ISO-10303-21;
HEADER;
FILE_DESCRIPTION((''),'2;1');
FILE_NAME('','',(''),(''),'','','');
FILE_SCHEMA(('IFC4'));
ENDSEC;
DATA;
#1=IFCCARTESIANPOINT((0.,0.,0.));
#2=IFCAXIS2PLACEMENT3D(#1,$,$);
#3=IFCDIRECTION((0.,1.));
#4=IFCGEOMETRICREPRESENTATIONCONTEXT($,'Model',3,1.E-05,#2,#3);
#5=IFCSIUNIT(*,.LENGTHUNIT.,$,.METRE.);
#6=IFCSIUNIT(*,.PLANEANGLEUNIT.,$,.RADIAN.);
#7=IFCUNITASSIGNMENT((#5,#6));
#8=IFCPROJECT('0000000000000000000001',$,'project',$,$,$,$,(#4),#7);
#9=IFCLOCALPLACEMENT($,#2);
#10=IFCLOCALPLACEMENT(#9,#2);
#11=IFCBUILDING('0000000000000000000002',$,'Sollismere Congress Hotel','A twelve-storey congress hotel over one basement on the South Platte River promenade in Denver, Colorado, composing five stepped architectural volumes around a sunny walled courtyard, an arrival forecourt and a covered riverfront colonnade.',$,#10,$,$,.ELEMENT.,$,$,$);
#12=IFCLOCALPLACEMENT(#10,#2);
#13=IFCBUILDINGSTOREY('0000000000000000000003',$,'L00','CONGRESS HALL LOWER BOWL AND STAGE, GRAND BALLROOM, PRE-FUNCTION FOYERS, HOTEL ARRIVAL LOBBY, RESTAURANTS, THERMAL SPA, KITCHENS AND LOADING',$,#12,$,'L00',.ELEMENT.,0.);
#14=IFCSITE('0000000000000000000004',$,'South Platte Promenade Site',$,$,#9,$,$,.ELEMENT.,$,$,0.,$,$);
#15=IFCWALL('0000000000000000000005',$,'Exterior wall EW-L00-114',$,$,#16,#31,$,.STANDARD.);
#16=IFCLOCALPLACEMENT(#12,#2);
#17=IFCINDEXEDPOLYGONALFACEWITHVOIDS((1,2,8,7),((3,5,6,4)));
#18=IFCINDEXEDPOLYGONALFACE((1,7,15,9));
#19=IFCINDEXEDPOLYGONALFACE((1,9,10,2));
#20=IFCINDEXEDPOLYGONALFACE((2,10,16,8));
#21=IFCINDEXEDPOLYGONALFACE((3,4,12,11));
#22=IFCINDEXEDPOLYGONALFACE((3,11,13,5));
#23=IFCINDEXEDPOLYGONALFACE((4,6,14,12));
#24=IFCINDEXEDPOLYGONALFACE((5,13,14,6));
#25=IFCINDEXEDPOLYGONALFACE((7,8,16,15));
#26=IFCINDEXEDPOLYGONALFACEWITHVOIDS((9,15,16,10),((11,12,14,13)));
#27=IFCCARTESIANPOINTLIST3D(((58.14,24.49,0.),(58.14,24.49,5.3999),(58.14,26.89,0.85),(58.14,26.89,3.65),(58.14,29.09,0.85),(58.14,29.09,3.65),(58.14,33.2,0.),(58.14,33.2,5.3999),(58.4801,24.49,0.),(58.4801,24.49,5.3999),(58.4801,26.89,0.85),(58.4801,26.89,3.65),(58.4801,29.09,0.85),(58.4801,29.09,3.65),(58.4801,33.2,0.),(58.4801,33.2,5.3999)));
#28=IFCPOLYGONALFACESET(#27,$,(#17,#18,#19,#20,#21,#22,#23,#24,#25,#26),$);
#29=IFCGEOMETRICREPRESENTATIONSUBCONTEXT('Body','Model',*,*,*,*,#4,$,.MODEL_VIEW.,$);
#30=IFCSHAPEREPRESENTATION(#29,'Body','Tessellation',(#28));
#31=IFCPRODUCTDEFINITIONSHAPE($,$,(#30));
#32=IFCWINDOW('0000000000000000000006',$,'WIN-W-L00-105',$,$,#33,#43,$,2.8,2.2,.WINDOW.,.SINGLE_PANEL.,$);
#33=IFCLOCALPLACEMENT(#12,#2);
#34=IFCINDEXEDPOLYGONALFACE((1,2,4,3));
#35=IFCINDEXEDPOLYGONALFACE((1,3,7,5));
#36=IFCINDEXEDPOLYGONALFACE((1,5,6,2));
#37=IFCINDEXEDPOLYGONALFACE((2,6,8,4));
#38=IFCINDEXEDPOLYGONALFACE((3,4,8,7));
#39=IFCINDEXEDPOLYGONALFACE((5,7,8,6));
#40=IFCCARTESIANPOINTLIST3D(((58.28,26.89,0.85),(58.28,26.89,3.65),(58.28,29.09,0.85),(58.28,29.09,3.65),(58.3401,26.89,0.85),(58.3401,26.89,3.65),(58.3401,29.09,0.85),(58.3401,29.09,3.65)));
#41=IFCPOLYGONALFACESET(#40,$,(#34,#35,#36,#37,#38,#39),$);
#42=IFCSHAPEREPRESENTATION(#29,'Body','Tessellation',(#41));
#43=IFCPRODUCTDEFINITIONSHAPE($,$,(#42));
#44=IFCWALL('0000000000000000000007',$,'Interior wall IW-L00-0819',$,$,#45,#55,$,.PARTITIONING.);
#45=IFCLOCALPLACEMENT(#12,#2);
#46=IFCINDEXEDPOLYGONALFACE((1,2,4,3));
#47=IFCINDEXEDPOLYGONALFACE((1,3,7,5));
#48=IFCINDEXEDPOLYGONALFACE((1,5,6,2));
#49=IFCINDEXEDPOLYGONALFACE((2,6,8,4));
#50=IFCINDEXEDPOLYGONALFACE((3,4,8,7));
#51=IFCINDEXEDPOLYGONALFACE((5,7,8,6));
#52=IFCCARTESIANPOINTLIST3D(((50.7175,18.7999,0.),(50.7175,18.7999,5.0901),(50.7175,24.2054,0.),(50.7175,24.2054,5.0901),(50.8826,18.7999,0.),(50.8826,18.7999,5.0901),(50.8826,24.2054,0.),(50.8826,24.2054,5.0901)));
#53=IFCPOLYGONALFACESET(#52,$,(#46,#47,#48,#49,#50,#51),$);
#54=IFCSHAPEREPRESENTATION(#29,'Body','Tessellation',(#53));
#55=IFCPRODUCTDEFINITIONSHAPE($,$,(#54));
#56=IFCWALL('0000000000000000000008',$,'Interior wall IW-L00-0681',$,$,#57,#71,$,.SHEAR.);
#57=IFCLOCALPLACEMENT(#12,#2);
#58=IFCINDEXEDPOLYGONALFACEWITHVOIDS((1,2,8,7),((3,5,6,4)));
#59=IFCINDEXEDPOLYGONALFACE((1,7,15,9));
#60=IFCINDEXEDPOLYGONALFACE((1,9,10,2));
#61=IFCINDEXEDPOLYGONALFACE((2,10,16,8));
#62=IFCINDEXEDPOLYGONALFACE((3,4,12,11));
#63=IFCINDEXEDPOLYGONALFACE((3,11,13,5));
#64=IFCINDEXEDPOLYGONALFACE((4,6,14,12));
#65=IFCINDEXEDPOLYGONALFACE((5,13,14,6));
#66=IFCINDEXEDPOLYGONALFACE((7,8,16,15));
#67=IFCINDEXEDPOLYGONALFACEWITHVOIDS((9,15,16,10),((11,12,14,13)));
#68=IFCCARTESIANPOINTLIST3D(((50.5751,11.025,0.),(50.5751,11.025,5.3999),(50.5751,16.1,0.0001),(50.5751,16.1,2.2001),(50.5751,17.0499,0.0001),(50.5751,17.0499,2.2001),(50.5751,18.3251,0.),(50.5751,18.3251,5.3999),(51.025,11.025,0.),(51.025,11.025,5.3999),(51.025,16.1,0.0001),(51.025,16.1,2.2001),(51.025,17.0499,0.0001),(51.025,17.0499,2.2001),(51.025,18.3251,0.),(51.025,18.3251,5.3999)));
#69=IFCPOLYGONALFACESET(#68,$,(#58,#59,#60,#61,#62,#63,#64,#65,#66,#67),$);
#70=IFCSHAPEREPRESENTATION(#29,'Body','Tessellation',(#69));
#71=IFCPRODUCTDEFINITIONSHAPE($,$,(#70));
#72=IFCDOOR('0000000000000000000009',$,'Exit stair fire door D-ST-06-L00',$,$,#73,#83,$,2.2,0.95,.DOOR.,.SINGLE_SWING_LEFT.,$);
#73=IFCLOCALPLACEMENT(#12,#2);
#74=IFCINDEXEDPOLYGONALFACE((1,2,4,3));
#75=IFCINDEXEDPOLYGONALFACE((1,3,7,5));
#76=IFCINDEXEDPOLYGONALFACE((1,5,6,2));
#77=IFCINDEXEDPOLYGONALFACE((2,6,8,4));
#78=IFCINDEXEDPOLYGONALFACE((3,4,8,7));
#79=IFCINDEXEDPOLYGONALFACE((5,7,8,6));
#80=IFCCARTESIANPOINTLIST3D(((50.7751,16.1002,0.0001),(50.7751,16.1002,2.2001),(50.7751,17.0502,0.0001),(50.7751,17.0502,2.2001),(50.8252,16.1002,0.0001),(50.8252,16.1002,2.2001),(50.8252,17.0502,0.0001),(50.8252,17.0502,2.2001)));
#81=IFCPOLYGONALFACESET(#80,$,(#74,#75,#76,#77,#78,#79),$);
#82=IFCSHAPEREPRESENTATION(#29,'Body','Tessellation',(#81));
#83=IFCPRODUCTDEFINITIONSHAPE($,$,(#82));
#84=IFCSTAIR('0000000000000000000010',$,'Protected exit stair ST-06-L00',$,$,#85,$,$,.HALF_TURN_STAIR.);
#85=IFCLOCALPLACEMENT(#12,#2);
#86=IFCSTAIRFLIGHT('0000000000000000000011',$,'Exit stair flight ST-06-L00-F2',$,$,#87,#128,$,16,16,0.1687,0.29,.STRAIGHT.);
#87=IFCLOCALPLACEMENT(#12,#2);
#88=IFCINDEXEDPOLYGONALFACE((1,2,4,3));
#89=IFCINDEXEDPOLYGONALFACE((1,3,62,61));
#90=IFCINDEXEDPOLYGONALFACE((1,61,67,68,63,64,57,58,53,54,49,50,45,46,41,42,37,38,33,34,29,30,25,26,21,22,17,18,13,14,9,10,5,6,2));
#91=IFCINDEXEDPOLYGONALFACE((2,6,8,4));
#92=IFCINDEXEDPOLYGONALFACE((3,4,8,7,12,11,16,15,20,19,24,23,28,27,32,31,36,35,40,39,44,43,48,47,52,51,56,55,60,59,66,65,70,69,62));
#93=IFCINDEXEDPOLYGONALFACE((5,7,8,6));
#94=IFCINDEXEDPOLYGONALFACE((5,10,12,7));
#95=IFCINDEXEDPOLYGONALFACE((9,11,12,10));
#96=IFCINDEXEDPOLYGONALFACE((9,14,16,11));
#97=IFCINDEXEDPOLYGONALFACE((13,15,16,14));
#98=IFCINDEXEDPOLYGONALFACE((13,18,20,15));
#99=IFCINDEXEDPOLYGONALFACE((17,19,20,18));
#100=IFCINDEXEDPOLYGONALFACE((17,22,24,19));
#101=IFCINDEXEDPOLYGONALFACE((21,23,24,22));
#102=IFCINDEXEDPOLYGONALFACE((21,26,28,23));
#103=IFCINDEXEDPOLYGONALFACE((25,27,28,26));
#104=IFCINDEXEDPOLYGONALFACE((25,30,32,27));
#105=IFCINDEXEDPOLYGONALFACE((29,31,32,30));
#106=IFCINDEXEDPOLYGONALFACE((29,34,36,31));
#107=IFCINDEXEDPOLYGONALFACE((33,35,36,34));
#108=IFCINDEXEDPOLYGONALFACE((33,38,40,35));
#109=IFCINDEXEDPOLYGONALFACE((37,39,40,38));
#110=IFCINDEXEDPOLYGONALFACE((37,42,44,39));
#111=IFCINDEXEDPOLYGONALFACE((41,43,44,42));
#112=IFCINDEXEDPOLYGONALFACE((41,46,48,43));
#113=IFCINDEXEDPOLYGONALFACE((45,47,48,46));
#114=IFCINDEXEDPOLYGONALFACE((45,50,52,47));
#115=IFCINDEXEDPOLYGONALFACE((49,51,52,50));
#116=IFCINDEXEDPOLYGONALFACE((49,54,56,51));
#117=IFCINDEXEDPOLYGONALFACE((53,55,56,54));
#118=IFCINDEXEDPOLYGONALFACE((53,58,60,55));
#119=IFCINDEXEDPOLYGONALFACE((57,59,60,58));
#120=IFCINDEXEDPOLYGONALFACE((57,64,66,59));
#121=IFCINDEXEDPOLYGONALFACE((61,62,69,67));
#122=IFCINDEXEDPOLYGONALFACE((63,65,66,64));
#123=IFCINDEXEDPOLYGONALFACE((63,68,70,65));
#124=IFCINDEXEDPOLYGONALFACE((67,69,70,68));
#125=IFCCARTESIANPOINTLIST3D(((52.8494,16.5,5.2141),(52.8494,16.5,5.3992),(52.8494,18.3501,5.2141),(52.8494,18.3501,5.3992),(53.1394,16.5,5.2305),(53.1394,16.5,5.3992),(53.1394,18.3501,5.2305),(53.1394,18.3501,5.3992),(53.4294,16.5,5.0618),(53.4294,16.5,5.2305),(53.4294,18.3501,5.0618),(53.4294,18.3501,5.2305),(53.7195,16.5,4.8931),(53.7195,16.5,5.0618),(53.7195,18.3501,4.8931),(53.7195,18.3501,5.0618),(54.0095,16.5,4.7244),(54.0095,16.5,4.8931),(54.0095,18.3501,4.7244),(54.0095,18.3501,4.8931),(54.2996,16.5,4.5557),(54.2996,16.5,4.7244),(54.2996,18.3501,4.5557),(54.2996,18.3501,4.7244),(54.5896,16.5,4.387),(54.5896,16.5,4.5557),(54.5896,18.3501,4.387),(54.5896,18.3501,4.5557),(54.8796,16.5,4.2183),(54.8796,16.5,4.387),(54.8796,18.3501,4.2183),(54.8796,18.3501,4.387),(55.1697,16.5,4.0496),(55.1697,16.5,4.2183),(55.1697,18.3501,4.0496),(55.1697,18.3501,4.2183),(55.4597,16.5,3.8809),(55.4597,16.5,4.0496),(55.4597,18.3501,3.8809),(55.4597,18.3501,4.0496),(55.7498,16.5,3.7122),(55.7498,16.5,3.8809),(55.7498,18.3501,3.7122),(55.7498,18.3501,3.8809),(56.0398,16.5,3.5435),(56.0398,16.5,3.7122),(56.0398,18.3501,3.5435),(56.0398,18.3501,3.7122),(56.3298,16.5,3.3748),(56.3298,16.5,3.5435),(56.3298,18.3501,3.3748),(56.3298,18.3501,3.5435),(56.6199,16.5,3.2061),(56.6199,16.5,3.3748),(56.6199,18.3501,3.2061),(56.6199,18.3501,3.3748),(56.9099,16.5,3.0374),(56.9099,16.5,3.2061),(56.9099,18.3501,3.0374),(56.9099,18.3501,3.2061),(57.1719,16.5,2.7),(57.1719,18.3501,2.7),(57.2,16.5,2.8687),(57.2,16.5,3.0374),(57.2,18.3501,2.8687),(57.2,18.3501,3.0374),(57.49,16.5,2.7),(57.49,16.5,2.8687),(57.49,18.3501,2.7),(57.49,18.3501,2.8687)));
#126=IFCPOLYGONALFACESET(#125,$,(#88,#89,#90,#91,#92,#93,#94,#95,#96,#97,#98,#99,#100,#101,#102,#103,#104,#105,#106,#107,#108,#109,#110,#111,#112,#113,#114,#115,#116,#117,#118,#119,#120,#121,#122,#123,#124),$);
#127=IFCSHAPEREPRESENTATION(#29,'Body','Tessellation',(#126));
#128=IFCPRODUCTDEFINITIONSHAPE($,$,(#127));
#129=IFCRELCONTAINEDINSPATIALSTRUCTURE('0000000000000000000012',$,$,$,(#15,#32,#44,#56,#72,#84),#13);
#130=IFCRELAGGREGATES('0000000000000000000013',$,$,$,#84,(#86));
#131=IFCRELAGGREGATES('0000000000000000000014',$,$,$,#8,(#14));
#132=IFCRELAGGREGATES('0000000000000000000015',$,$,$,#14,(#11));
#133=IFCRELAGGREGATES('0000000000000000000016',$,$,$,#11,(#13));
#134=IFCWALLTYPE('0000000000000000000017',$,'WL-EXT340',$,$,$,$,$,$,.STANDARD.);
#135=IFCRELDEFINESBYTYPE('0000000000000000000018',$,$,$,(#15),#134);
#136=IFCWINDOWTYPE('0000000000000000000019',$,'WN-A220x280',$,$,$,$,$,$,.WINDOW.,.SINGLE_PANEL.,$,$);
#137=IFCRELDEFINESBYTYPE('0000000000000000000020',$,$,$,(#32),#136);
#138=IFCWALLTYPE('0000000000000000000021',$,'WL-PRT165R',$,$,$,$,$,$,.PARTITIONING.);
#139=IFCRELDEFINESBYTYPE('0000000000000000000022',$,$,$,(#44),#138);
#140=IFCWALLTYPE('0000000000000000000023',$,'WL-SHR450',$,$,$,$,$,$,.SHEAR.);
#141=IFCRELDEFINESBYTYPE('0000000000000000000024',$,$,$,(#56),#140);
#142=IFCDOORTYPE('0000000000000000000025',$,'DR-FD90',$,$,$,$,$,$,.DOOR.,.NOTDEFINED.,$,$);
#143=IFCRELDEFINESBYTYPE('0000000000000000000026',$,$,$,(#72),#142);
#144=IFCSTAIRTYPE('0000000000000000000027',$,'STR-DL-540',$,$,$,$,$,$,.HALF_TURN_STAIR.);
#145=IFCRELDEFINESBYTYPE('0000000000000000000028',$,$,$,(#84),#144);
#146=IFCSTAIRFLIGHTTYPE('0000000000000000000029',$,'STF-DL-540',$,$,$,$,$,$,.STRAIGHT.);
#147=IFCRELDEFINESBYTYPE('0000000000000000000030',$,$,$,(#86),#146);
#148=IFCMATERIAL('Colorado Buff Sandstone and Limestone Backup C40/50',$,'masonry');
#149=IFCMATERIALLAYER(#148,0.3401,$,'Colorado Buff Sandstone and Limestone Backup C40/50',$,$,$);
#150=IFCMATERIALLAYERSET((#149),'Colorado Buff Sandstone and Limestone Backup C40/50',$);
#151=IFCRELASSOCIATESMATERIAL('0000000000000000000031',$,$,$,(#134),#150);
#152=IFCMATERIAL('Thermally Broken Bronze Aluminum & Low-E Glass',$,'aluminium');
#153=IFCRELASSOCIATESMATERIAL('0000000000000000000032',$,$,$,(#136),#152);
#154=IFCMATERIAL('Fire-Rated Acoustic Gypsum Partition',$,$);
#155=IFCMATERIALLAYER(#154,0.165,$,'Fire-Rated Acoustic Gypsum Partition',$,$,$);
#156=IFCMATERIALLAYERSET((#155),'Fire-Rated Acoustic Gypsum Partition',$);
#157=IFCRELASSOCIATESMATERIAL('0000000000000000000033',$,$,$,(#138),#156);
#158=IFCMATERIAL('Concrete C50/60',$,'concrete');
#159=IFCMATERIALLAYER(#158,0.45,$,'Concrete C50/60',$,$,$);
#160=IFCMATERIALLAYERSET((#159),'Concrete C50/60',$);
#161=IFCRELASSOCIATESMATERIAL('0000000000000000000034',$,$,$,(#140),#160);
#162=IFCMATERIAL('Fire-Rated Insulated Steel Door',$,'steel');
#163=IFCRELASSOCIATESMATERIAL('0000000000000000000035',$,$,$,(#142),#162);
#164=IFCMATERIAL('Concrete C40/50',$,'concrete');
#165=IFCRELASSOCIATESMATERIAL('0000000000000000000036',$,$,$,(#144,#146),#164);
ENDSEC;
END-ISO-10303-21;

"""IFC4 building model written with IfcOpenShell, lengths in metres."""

from ifc_helpers import new_model, si_unit, direction, frame, frame_2d, origin, place, context, subcontext, project, spatial, polyline, rectangle, outline, extrude, material, layer, layer_set, type_object, element, fill, aggregate, save


model = new_model("IFC4")

# Units and contexts
model_context = context("Model", 3, precision=1e-05, world=origin(), true_north=direction((0.0, 1.0)))
body_context = subcontext(model_context, "Body", "Model", "MODEL_VIEW")
ifc_project = project(units=[si_unit("LENGTHUNIT", "METRE"), si_unit("PLANEANGLEUNIT", "RADIAN")], contexts=[model_context])

# Site, building, storey
site_placement = place(None, origin())
site = spatial("IfcSite", under=ifc_project, at=site_placement, Name="South Platte Promenade Site", CompositionType="ELEMENT", RefElevation=0.0)
building_placement = place(site_placement, origin())
building = spatial("IfcBuilding", under=site, at=building_placement, Name="Sollismere Congress Hotel", Description="A twelve-storey congress hotel over one basement on the South Platte River promenade in Denver, Colorado, composing five stepped architectural volumes around a sunny walled courtyard, an arrival forecourt and a covered riverfront colonnade.", CompositionType="ELEMENT")
storey_placement = place(building_placement, origin())
storey = spatial("IfcBuildingStorey", under=building, at=storey_placement, Name="L00", Description="CONGRESS HALL LOWER BOWL AND STAGE, GRAND BALLROOM, PRE-FUNCTION FOYERS, HOTEL ARRIVAL LOBBY, RESTAURANTS, THERMAL SPA, KITCHENS AND LOADING", LongName="L00", CompositionType="ELEMENT", Elevation=0.0)

# Wall, opening, window
ifc_material_1 = material(Name="Colorado Buff Sandstone and Limestone Backup C40/50", Category="masonry")
ifc_layer_1 = layer(ifc_material_1, 0.3401, Name="Colorado Buff Sandstone and Limestone Backup C40/50")
ifc_layer_set_1 = layer_set([ifc_layer_1], Name="Colorado Buff Sandstone and Limestone Backup C40/50")
wall_type_1 = type_object("IfcWallType", Name="WL-EXT340", PredefinedType="STANDARD", material=ifc_layer_set_1)
wall_1_placement = place(storey_placement, frame((58.3101, 24.49, 0.0), z_axis=(0.0, 0.0, 1.0), x_axis=(0.0, 1.0, 0.0)))
wall_1 = element("IfcWall", 1, at=wall_1_placement, inside=storey, type_object=wall_type_1, Name="Exterior wall EW-L00-114", PredefinedType="STANDARD", context=body_context, shape_type="SweptSolid", body=[
    extrude(rectangle(XDim=8.71, YDim=0.3401, at=frame_2d((4.355, 0.0))), origin(), (0.0, 0.0, 1.0), 5.3999),
])
opening_1_placement = place(wall_1_placement, frame((2.3999, 0.0, 0.8501)))
opening_1 = element("IfcOpeningElement", 2, at=opening_1_placement, cuts=wall_1, PredefinedType="OPENING", context=body_context, shape_type="SweptSolid", body=[
    extrude(rectangle(XDim=2.2, YDim=2.8, at=frame_2d((1.1001, 1.3999))), frame((0.0, 0.1799, 0.0), z_axis=(0.0, -1.0, 0.0), x_axis=(1.0, 0.0, 0.0)), (0.0, 0.0, 1.0), 0.3601),
])
ifc_material_2 = material(Name="Thermally Broken Bronze Aluminum & Low-E Glass", Category="aluminium")
window_type = type_object("IfcWindowType", Name="WN-A220x280", PartitioningType="SINGLE_PANEL", PredefinedType="WINDOW", material=ifc_material_2)
window_placement = place(opening_1_placement, origin())
window = element("IfcWindow", 3, at=window_placement, inside=storey, type_object=window_type, Name="WIN-W-L00-105", OverallHeight=2.8, OverallWidth=2.2, PartitioningType="SINGLE_PANEL", PredefinedType="WINDOW", context=body_context, shape_type="SweptSolid", body=[
    extrude(rectangle(XDim=2.2, YDim=2.8, at=frame_2d((1.1001, 1.3999))), frame((0.0, 0.03, 0.0), z_axis=(0.0, -1.0, 0.0), x_axis=(1.0, 0.0, 0.0)), (0.0, 0.0, 1.0), 0.0601),
])
fill(opening_1, window)

# Wall
ifc_material_3 = material(Name="Fire-Rated Acoustic Gypsum Partition")
ifc_layer_2 = layer(ifc_material_3, 0.165, Name="Fire-Rated Acoustic Gypsum Partition")
ifc_layer_set_2 = layer_set([ifc_layer_2], Name="Fire-Rated Acoustic Gypsum Partition")
wall_type_2 = type_object("IfcWallType", Name="WL-PRT165R", PredefinedType="PARTITIONING", material=ifc_layer_set_2)
wall_2_placement = place(storey_placement, frame((50.8, 18.8, 0.0), z_axis=(0.0, 0.0, 1.0), x_axis=(0.0, 1.0, 0.0)))
element("IfcWall", 4, at=wall_2_placement, inside=storey, type_object=wall_type_2, Name="Interior wall IW-L00-0819", PredefinedType="PARTITIONING", context=body_context, shape_type="SweptSolid", body=[
    extrude(rectangle(XDim=5.4055, YDim=0.165, at=frame_2d((2.7026, 0.0))), origin(), (0.0, 0.0, 1.0), 5.0901),
])

# Wall, opening, door
ifc_material_4 = material(Name="Concrete C50/60", Category="concrete")
ifc_layer_3 = layer(ifc_material_4, 0.45, Name="Concrete C50/60")
ifc_layer_set_3 = layer_set([ifc_layer_3], Name="Concrete C50/60")
wall_type_3 = type_object("IfcWallType", Name="WL-SHR450", PredefinedType="SHEAR", material=ifc_layer_set_3)
wall_3_placement = place(storey_placement, frame((50.8, 18.325, 0.0), z_axis=(0.0, 0.0, 1.0), x_axis=(0.0, -1.0, 0.0)))
wall_3 = element("IfcWall", 5, at=wall_3_placement, inside=storey, type_object=wall_type_3, Name="Interior wall IW-L00-0681", PredefinedType="SHEAR", context=body_context, shape_type="SweptSolid", body=[
    extrude(rectangle(XDim=7.3, YDim=0.45, at=frame_2d((3.6499, 0.0))), origin(), (0.0, 0.0, 1.0), 5.3999),
])
opening_2_placement = place(wall_3_placement, frame((1.2749, 0.0, 0.0)))
opening_2 = element("IfcOpeningElement", 6, at=opening_2_placement, cuts=wall_3, PredefinedType="OPENING", context=body_context, shape_type="SweptSolid", body=[
    extrude(rectangle(XDim=0.95, YDim=2.2, at=frame_2d((0.4751, 1.1001))), frame((0.0, 0.2349, 0.0), z_axis=(0.0, -1.0, 0.0), x_axis=(1.0, 0.0, 0.0)), (0.0, 0.0, 1.0), 0.47),
])
ifc_material_5 = material(Name="Fire-Rated Insulated Steel Door", Category="steel")
door_type_1 = type_object("IfcDoorType", Name="DR-FD90", OperationType="NOTDEFINED", PredefinedType="DOOR", material=ifc_material_5)
door_1_placement = place(opening_2_placement, frame((0.95, 0.0, 0.0), z_axis=(0.0, 0.0, 1.0), x_axis=(-1.0, 0.0, 0.0)))
door_1 = element("IfcDoor", 7, at=door_1_placement, inside=storey, type_object=door_type_1, Name="Exit stair fire door D-ST-06-L00", OperationType="SINGLE_SWING_LEFT", OverallHeight=2.2, OverallWidth=0.95, PredefinedType="DOOR", context=body_context, shape_type="SweptSolid", body=[
    extrude(rectangle(XDim=0.95, YDim=2.2, at=frame_2d((0.4751, 1.1001))), frame((0.0, 0.0249, 0.0), z_axis=(0.0, -1.0, 0.0), x_axis=(1.0, 0.0, 0.0)), (0.0, 0.0, 1.0), 0.05),
])
fill(opening_2, door_1)

# Stair, stair flight
ifc_material_6 = material(Name="Concrete C40/50", Category="concrete")
stair_type = type_object("IfcStairType", Name="STR-DL-540", PredefinedType="HALF_TURN_STAIR", material=ifc_material_6)
stair_placement = place(storey_placement, origin())
stair = element("IfcStair", 8, at=stair_placement, inside=storey, type_object=stair_type, Name="Protected exit stair ST-06-L00", PredefinedType="HALF_TURN_STAIR")
stair_flight_type = type_object("IfcStairFlightType", Name="STF-DL-540", PredefinedType="STRAIGHT", material=ifc_material_6)
stair_flight_placement = place(storey_placement, frame((57.49, 17.425, 2.7), z_axis=(0.0, 0.0, 1.0), x_axis=(-1.0, 0.0, 0.0)))
stair_flight = element("IfcStairFlight", 9, at=stair_flight_placement, type_object=stair_flight_type, Name="Exit stair flight ST-06-L00-F2", NumberOfRisers=16, NumberOfTreads=16, PredefinedType="STRAIGHT", RiserHeight=0.1687, TreadLength=0.29, context=body_context, shape_type="SweptSolid", body=[
    extrude(outline(polyline([(0.0, 0.0), (0.0, 0.1687), (0.29, 0.1687), (0.29, 0.3374), (0.5801, 0.3374), (0.5801, 0.5061), (0.8701, 0.5061), (0.8701, 0.6748), (1.1602, 0.6748), (1.1602, 0.8435), (1.4502, 0.8435), (1.4502, 1.0122), (1.7402, 1.0122), (1.7402, 1.1809), (2.0303, 1.1809), (2.0303, 1.3496), (2.3203, 1.3496), (2.3203, 1.5183), (2.6104, 1.5183), (2.6104, 1.687), (2.9004, 1.687), (2.9004, 1.8557), (3.1904, 1.8557), (3.1904, 2.0244), (3.4805, 2.0244), (3.4805, 2.1931), (3.7705, 2.1931), (3.7705, 2.3618), (4.0605, 2.3618), (4.0605, 2.5305), (4.3506, 2.5305), (4.3506, 2.6992), (4.6406, 2.6992), (4.6406, 2.5142), (0.3181, 0.0), (0.0, 0.0)])), frame((0.0, 0.925, 0.0), z_axis=(0.0, -1.0, 0.0), x_axis=(1.0, 0.0, 0.0)), (0.0, 0.0, 1.0), 1.8501),
])
aggregate(stair, [stair_flight])

save(model, "model.ifc")
